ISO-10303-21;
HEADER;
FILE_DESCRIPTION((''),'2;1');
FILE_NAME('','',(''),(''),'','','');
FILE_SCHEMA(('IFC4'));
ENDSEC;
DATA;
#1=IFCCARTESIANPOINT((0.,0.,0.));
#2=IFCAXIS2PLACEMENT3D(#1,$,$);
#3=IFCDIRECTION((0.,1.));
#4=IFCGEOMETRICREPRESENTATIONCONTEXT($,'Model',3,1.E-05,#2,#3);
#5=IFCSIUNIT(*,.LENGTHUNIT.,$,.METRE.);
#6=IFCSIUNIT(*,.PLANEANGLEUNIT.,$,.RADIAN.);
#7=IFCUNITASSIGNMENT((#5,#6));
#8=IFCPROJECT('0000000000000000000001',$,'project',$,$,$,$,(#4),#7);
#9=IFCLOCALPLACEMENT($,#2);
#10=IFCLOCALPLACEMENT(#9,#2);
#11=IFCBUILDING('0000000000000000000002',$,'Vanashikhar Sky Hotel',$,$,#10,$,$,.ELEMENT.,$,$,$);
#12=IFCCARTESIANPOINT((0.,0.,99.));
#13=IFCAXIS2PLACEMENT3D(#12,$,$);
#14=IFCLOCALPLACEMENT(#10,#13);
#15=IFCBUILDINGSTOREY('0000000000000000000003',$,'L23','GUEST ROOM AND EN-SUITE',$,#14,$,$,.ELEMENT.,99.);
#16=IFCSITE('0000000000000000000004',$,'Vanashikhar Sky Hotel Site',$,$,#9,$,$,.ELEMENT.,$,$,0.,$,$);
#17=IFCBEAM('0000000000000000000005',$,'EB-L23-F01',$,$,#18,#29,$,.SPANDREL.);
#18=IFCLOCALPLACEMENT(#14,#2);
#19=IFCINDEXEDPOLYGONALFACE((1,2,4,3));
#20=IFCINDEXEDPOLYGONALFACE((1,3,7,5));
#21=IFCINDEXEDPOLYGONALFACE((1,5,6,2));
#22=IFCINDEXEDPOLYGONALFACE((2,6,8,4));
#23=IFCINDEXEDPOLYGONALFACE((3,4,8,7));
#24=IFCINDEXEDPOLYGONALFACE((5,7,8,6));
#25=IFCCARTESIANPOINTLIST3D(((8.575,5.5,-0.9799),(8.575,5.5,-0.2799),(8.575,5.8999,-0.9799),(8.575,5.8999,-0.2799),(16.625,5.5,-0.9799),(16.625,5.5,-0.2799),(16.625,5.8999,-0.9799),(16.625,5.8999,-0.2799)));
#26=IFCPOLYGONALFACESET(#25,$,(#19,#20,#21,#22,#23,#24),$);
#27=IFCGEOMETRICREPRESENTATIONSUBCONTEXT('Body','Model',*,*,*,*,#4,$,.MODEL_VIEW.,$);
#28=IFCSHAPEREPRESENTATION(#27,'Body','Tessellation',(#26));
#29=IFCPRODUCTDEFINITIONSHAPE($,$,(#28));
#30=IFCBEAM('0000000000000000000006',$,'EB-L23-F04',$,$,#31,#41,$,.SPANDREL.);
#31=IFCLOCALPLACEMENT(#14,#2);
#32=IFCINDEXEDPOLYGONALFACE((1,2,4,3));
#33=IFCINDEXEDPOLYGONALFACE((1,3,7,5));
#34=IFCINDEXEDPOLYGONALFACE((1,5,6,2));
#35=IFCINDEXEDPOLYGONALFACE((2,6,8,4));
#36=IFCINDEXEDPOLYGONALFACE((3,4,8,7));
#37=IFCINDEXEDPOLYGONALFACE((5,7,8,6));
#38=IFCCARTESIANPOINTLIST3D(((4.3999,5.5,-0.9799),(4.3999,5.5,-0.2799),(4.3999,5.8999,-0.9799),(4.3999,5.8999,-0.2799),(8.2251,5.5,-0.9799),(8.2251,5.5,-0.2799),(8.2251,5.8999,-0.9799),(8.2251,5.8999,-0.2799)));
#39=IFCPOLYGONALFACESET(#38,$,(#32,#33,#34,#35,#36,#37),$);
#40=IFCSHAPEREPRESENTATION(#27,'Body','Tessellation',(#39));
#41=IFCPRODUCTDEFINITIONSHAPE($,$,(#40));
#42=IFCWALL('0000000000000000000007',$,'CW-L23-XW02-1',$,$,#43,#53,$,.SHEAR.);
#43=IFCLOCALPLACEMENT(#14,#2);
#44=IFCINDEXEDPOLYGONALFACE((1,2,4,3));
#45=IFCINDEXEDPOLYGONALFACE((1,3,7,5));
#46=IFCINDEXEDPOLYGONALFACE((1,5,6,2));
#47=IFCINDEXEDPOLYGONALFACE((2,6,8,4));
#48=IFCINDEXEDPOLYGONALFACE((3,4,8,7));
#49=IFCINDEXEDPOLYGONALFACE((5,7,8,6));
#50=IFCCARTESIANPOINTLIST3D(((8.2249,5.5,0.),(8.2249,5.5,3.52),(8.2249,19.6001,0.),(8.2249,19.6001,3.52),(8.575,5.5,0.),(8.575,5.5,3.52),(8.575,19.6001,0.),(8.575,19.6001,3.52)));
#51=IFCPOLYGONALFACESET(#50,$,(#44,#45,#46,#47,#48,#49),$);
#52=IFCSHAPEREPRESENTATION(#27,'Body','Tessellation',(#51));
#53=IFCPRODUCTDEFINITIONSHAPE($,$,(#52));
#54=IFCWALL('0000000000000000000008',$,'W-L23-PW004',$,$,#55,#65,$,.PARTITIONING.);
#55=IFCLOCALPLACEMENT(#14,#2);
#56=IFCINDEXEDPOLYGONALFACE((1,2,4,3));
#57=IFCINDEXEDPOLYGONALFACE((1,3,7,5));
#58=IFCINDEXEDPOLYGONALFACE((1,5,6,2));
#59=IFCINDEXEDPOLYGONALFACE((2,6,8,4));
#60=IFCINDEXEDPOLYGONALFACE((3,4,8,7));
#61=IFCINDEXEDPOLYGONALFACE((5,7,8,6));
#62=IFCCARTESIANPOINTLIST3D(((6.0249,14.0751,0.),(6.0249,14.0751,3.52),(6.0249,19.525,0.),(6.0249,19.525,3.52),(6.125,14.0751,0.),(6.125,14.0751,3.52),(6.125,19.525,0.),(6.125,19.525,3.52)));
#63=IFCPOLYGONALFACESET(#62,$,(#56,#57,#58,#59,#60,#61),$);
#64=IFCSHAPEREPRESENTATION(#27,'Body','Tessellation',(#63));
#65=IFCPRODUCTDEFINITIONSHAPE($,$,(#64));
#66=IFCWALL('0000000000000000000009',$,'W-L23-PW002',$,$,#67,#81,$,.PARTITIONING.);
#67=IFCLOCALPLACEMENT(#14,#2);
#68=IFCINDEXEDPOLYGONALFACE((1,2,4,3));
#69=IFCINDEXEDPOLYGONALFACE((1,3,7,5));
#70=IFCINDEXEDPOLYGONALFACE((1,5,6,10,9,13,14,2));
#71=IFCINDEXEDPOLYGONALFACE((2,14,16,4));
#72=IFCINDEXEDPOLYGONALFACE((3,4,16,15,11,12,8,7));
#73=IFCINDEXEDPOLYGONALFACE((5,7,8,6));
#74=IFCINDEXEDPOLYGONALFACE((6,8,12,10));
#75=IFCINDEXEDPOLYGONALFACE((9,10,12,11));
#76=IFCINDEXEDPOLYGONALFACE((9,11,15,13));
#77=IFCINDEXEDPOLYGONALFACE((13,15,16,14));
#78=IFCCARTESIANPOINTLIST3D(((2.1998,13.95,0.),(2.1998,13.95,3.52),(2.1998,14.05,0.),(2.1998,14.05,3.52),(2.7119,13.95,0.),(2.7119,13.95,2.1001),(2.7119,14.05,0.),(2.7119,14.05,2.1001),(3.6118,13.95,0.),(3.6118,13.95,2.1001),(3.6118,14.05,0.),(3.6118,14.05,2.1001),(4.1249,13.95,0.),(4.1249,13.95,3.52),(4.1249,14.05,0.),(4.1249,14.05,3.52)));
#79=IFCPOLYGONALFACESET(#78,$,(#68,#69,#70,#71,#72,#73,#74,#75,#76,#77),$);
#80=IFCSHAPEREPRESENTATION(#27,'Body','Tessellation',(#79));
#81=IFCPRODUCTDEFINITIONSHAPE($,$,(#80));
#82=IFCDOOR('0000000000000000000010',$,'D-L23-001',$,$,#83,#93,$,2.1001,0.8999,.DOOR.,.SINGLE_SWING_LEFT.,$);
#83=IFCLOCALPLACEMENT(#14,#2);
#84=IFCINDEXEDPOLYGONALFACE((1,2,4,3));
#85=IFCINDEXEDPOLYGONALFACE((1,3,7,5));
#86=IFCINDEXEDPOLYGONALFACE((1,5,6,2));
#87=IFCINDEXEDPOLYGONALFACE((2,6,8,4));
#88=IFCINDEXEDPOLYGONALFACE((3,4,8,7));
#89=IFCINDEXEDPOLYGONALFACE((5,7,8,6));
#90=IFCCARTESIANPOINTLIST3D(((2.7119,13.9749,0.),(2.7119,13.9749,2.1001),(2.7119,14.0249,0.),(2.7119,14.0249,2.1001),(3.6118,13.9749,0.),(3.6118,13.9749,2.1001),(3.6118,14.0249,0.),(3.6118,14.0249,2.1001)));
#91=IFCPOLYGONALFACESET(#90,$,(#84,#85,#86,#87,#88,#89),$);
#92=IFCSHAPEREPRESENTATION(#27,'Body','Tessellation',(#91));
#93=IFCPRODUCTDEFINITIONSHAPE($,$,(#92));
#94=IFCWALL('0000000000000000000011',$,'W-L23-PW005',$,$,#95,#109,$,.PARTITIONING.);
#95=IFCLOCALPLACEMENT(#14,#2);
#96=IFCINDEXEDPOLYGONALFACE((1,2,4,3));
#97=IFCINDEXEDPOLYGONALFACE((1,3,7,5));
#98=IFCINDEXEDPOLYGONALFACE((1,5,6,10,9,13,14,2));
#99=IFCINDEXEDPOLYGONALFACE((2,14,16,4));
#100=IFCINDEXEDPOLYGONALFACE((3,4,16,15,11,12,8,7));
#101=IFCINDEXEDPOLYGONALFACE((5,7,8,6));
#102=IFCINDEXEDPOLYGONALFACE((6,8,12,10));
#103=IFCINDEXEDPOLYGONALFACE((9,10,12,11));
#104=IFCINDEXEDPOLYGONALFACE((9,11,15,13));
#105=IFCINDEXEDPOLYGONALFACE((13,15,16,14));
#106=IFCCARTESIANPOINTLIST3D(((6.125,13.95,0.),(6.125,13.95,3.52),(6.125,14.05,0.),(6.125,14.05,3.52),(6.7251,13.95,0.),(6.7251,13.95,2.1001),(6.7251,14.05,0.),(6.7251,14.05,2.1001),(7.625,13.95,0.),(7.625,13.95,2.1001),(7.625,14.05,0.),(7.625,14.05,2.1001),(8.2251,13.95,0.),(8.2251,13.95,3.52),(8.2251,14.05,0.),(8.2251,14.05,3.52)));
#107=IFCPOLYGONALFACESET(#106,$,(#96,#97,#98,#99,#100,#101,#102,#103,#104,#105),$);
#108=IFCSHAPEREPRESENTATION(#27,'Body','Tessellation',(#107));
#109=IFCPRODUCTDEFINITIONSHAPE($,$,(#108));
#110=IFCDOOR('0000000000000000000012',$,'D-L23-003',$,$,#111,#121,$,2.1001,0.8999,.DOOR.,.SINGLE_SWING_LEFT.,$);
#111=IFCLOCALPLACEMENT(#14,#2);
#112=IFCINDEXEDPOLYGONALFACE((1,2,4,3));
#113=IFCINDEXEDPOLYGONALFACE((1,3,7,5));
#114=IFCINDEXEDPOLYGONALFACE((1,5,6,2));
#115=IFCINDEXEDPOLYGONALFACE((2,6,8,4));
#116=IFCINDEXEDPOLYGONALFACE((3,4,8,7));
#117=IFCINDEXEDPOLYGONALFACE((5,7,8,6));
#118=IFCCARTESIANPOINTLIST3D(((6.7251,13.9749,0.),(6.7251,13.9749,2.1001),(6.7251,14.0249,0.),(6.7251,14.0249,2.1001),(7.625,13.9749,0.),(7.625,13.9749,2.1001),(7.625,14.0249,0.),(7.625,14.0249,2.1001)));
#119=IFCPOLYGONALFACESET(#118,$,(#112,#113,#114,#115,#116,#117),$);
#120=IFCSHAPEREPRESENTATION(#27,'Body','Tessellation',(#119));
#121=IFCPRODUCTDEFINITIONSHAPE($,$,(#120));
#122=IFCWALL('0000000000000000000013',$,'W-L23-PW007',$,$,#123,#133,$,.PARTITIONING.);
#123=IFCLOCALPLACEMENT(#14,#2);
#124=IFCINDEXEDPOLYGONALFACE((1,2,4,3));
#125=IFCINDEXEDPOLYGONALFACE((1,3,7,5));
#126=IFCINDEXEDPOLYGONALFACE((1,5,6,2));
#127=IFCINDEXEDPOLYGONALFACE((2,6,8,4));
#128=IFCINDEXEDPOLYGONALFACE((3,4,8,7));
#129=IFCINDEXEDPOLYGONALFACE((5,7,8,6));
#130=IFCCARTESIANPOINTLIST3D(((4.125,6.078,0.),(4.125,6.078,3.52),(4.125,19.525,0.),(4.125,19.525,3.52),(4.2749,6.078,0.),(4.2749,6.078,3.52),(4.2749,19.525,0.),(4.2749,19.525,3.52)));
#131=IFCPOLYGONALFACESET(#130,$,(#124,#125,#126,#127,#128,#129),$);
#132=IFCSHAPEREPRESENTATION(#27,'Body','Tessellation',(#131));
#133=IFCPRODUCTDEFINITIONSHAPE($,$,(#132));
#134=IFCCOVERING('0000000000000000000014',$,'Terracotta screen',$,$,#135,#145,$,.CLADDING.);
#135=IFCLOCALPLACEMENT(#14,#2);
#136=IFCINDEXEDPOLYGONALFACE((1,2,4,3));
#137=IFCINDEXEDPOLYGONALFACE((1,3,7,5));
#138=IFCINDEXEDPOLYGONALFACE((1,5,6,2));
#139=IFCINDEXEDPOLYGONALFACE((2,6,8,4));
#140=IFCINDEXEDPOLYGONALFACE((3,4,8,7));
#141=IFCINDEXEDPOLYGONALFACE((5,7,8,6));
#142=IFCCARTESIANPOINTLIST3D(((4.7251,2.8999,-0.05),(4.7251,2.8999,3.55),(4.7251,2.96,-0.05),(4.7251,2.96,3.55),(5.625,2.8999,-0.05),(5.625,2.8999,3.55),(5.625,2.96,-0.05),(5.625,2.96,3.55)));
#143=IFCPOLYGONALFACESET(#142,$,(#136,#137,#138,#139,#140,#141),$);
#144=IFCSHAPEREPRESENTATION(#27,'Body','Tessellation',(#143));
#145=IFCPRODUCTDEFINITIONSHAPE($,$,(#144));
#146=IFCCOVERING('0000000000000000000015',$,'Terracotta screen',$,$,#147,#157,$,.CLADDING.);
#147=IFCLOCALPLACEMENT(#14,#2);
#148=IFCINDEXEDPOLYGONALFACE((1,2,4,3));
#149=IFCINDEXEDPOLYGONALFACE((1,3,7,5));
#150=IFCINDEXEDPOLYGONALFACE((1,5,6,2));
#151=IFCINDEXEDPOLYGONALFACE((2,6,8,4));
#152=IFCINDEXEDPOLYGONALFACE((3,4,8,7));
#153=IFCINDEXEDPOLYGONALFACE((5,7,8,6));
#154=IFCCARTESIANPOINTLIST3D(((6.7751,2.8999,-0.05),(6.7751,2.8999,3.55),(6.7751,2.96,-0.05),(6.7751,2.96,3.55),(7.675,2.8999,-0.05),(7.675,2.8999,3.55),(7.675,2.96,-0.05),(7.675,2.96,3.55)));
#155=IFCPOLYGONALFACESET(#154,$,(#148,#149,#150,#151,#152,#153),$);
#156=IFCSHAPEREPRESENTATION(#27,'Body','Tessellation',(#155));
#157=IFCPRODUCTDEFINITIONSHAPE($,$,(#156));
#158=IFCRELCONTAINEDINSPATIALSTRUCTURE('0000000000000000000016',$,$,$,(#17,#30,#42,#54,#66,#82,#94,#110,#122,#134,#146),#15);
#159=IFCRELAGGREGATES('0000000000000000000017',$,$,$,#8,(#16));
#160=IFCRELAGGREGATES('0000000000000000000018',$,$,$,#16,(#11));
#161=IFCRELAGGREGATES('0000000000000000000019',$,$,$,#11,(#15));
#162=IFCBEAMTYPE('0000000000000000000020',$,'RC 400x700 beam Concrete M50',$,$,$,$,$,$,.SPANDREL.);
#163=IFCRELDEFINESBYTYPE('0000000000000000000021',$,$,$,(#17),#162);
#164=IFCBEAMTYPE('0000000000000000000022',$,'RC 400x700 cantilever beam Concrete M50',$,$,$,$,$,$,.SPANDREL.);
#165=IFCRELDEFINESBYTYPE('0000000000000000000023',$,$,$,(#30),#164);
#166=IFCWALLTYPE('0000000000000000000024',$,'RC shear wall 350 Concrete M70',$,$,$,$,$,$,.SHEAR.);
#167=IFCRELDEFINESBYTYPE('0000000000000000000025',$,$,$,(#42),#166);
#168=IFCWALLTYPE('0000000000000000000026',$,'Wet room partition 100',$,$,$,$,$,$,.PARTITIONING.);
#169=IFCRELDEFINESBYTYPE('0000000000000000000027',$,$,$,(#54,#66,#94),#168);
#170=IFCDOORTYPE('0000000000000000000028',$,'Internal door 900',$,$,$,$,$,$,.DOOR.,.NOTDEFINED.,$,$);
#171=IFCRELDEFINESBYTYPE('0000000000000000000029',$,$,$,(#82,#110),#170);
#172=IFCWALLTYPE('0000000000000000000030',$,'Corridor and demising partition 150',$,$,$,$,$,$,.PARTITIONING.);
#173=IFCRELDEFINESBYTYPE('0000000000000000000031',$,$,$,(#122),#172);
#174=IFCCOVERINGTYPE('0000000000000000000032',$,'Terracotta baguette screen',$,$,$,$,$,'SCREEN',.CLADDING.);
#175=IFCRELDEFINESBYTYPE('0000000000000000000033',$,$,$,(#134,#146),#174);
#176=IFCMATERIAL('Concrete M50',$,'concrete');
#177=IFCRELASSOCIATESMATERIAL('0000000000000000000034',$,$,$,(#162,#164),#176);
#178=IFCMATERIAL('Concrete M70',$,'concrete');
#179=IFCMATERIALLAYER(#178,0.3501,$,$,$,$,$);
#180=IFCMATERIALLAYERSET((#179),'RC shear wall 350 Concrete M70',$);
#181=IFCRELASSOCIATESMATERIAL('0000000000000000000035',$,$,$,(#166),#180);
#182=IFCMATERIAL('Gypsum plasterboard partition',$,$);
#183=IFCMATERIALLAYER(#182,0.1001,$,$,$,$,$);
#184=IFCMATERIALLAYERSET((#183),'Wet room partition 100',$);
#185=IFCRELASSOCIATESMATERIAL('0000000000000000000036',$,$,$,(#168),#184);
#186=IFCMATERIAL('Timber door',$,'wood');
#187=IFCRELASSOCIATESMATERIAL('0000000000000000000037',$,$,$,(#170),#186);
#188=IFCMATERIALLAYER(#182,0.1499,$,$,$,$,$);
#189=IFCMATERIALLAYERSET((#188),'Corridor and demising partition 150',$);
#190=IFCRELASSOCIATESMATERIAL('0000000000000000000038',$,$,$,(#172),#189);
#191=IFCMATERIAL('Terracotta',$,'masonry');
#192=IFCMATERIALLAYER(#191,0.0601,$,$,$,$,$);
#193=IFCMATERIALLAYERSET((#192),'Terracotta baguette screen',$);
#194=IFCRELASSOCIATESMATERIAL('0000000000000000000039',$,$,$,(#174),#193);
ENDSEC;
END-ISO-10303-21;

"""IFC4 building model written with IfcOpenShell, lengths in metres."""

from ifc_helpers import new_model, si_unit, direction, frame, frame_2d, origin, origin_2d, place, context, subcontext, project, spatial, rectangle, extrude, source, transform, mapped, material, layer, layer_set, material_profile, profile_set, type_object, element, fill, save


model = new_model("IFC4")

# Units and contexts
model_context = context("Model", 3, precision=1e-05, world=origin(), true_north=direction((0.0, 1.0)))
body_context = subcontext(model_context, "Body", "Model", "MODEL_VIEW")
ifc_project = project(units=[si_unit("LENGTHUNIT", "METRE"), si_unit("PLANEANGLEUNIT", "RADIAN")], contexts=[model_context])

# Site, building, storey
site_placement = place(None, origin())
site = spatial("IfcSite", under=ifc_project, at=site_placement, Name="Vanashikhar Sky Hotel Site", CompositionType="ELEMENT", RefElevation=0.0)
building_placement = place(site_placement, origin())
building = spatial("IfcBuilding", under=site, at=building_placement, Name="Vanashikhar Sky Hotel", CompositionType="ELEMENT")
storey_placement = place(building_placement, frame((0.0, 0.0, 99.0)))
storey = spatial("IfcBuildingStorey", under=building, at=storey_placement, Name="L23", Description="GUEST ROOM AND EN-SUITE", CompositionType="ELEMENT", Elevation=99.0)

# Beams
ifc_material_1 = material(Name="Concrete M50", Category="concrete")
ifc_material_profile_1 = material_profile(ifc_material_1, rectangle(XDim=0.3999, YDim=0.7, at=origin_2d()))
ifc_profile_set_1 = profile_set([ifc_material_profile_1], Name="RC 400x700 beam Concrete M50")
beam_type_1 = type_object("IfcBeamType", Name="RC 400x700 beam Concrete M50", PredefinedType="SPANDREL", material=ifc_profile_set_1)
shared_shape_1 = source(origin(), body_context, "Body", "SweptSolid", [
    extrude(rectangle(XDim=0.3999, YDim=0.7, at=origin_2d()), origin(), (0.0, 0.0, 1.0), 8.05),
])
beam_1_placement = place(storey_placement, frame((8.575, 5.7, -0.6299), z_axis=(1.0, 0.0, 0.0), x_axis=(0.0, 1.0, 0.0)))
element("IfcBeam", 1, at=beam_1_placement, inside=storey, type_object=beam_type_1, Name="EB-L23-F01", PredefinedType="SPANDREL", context=body_context, shape_type="MappedRepresentation", body=[
    mapped(shared_shape_1, transform((0.0, 0.0, 0.0), scale=1.0)),
])
ifc_material_profile_2 = material_profile(ifc_material_1, rectangle(XDim=0.3999, YDim=0.7, at=origin_2d()))
ifc_profile_set_2 = profile_set([ifc_material_profile_2], Name="RC 400x700 cantilever beam Concrete M50")
beam_type_2 = type_object("IfcBeamType", Name="RC 400x700 cantilever beam Concrete M50", PredefinedType="SPANDREL", material=ifc_profile_set_2)
shared_shape_2 = source(origin(), body_context, "Body", "SweptSolid", [
    extrude(rectangle(XDim=0.3999, YDim=0.7, at=origin_2d()), origin(), (0.0, 0.0, 1.0), 3.8252),
])
beam_2_placement = place(storey_placement, frame((4.3999, 5.7, -0.6299), z_axis=(1.0, 0.0, 0.0), x_axis=(0.0, 1.0, 0.0)))
element("IfcBeam", 2, at=beam_2_placement, inside=storey, type_object=beam_type_2, Name="EB-L23-F04", PredefinedType="SPANDREL", context=body_context, shape_type="MappedRepresentation", body=[
    mapped(shared_shape_2, transform((0.0, 0.0, 0.0), scale=1.0)),
])

# Wall
ifc_material_2 = material(Name="Concrete M70", Category="concrete")
ifc_layer_1 = layer(ifc_material_2, 0.3501)
ifc_layer_set_1 = layer_set([ifc_layer_1], Name="RC shear wall 350 Concrete M70")
wall_type_1 = type_object("IfcWallType", Name="RC shear wall 350 Concrete M70", PredefinedType="SHEAR", material=ifc_layer_set_1)
shared_shape_3 = source(origin(), body_context, "Body", "SweptSolid", [
    extrude(rectangle(XDim=14.1001, YDim=0.3501, at=frame_2d((7.05, 0.0))), origin(), (0.0, 0.0, 1.0), 3.52),
])
wall_1_placement = place(storey_placement, frame((8.3999, 5.5, 0.0), z_axis=(0.0, 0.0, 1.0), x_axis=(0.0, 1.0, 0.0)))
element("IfcWall", 3, at=wall_1_placement, inside=storey, type_object=wall_type_1, Name="CW-L23-XW02-1", PredefinedType="SHEAR", context=body_context, shape_type="MappedRepresentation", body=[
    mapped(shared_shape_3, transform((0.0, 0.0, 0.0), scale=1.0)),
])

# Wall
ifc_material_3 = material(Name="Gypsum plasterboard partition")
ifc_layer_2 = layer(ifc_material_3, 0.1001)
ifc_layer_set_2 = layer_set([ifc_layer_2], Name="Wet room partition 100")
wall_type_2 = type_object("IfcWallType", Name="Wet room partition 100", PredefinedType="PARTITIONING", material=ifc_layer_set_2)
shared_shape_4 = source(origin(), body_context, "Body", "SweptSolid", [
    extrude(rectangle(XDim=5.45, YDim=0.1001, at=frame_2d((2.7251, 0.0))), origin(), (0.0, 0.0, 1.0), 3.52),
])
wall_2_placement = place(storey_placement, frame((6.075, 14.075, 0.0), z_axis=(0.0, 0.0, 1.0), x_axis=(0.0, 1.0, 0.0)))
element("IfcWall", 4, at=wall_2_placement, inside=storey, type_object=wall_type_2, Name="W-L23-PW004", PredefinedType="PARTITIONING", context=body_context, shape_type="MappedRepresentation", body=[
    mapped(shared_shape_4, transform((0.0, 0.0, 0.0), scale=1.0)),
])

# Walls, openings, doors
shared_shape_5 = source(origin(), body_context, "Body", "SweptSolid", [
    extrude(rectangle(XDim=1.925, YDim=0.1001, at=frame_2d((0.9624, 0.0))), origin(), (0.0, 0.0, 1.0), 3.52),
])
wall_3_placement = place(storey_placement, frame((2.2, 14.0, 0.0), z_axis=(0.0, 0.0, 1.0), x_axis=(1.0, 0.0, 0.0)))
wall_3 = element("IfcWall", 5, at=wall_3_placement, inside=storey, type_object=wall_type_2, Name="W-L23-PW002", PredefinedType="PARTITIONING", context=body_context, shape_type="MappedRepresentation", body=[
    mapped(shared_shape_5, transform((0.0, 0.0, 0.0), scale=1.0)),
])
shared_shape_6 = source(origin(), body_context, "Body", "SweptSolid", [
    extrude(rectangle(XDim=0.8999, YDim=2.1001, at=frame_2d((0.45, 1.05))), frame((0.0, 0.0601, 0.0), z_axis=(0.0, -1.0, 0.0), x_axis=(1.0, 0.0, 0.0)), (0.0, 0.0, 1.0), 0.1201),
])
opening_1_placement = place(wall_3_placement, frame((0.512, 0.0, 0.0)))
opening_1 = element("IfcOpeningElement", 6, at=opening_1_placement, cuts=wall_3, PredefinedType="OPENING", context=body_context, shape_type="MappedRepresentation", body=[
    mapped(shared_shape_6, transform((0.0, 0.0, 0.0), scale=1.0)),
])
ifc_material_4 = material(Name="Timber door", Category="wood")
door_type_1 = type_object("IfcDoorType", Name="Internal door 900", OperationType="NOTDEFINED", PredefinedType="DOOR", material=ifc_material_4)
shared_shape_7 = source(origin(), body_context, "Body", "SweptSolid", [
    extrude(rectangle(XDim=0.8999, YDim=2.1001, at=frame_2d((0.45, 1.05))), frame((0.0, 0.0249, 0.0), z_axis=(0.0, -1.0, 0.0), x_axis=(1.0, 0.0, 0.0)), (0.0, 0.0, 1.0), 0.05),
])
door_1_placement = place(opening_1_placement, origin())
door_1 = element("IfcDoor", 7, at=door_1_placement, inside=storey, type_object=door_type_1, Name="D-L23-001", OperationType="SINGLE_SWING_LEFT", OverallHeight=2.1001, OverallWidth=0.8999, PredefinedType="DOOR", context=body_context, shape_type="MappedRepresentation", body=[
    mapped(shared_shape_7, transform((0.0, 0.0, 0.0), scale=1.0)),
])
fill(opening_1, door_1)
shared_shape_8 = source(origin(), body_context, "Body", "SweptSolid", [
    extrude(rectangle(XDim=2.1001, YDim=0.1001, at=frame_2d((1.05, 0.0))), origin(), (0.0, 0.0, 1.0), 3.52),
])
wall_4_placement = place(storey_placement, frame((6.125, 14.0, 0.0), z_axis=(0.0, 0.0, 1.0), x_axis=(1.0, 0.0, 0.0)))
wall_4 = element("IfcWall", 8, at=wall_4_placement, inside=storey, type_object=wall_type_2, Name="W-L23-PW005", PredefinedType="PARTITIONING", context=body_context, shape_type="MappedRepresentation", body=[
    mapped(shared_shape_8, transform((0.0, 0.0, 0.0), scale=1.0)),
])
opening_2_placement = place(wall_4_placement, frame((0.6001, 0.0, 0.0)))
opening_2 = element("IfcOpeningElement", 9, at=opening_2_placement, cuts=wall_4, PredefinedType="OPENING", context=body_context, shape_type="MappedRepresentation", body=[
    mapped(shared_shape_6, transform((0.0, 0.0, 0.0), scale=1.0)),
])
door_2_placement = place(opening_2_placement, origin())
door_2 = element("IfcDoor", 10, at=door_2_placement, inside=storey, type_object=door_type_1, Name="D-L23-003", OperationType="SINGLE_SWING_LEFT", OverallHeight=2.1001, OverallWidth=0.8999, PredefinedType="DOOR", context=body_context, shape_type="MappedRepresentation", body=[
    mapped(shared_shape_7, transform((0.0, 0.0, 0.0), scale=1.0)),
])
fill(opening_2, door_2)

# Wall
ifc_layer_3 = layer(ifc_material_3, 0.1499)
ifc_layer_set_3 = layer_set([ifc_layer_3], Name="Corridor and demising partition 150")
wall_type_3 = type_object("IfcWallType", Name="Corridor and demising partition 150", PredefinedType="PARTITIONING", material=ifc_layer_set_3)
shared_shape_9 = source(origin(), body_context, "Body", "SweptSolid", [
    extrude(rectangle(XDim=13.447, YDim=0.1499, at=frame_2d((6.7236, 0.0))), origin(), (0.0, 0.0, 1.0), 3.52),
])
wall_5_placement = place(storey_placement, frame((4.2, 6.0779, 0.0), z_axis=(0.0, 0.0, 1.0), x_axis=(0.0, 1.0, 0.0)))
element("IfcWall", 11, at=wall_5_placement, inside=storey, type_object=wall_type_3, Name="W-L23-PW007", PredefinedType="PARTITIONING", context=body_context, shape_type="MappedRepresentation", body=[
    mapped(shared_shape_9, transform((0.0, 0.0, 0.0), scale=1.0)),
])

# Coverings
ifc_material_5 = material(Name="Terracotta", Category="masonry")
ifc_layer_4 = layer(ifc_material_5, 0.0601)
ifc_layer_set_4 = layer_set([ifc_layer_4], Name="Terracotta baguette screen")
covering_type = type_object("IfcCoveringType", Name="Terracotta baguette screen", ElementType="SCREEN", PredefinedType="CLADDING", material=ifc_layer_set_4)
shared_shape_10 = source(origin(), body_context, "Body", "SweptSolid", [
    extrude(rectangle(XDim=0.8999, YDim=0.0601, at=origin_2d()), origin(), (0.0, 0.0, 1.0), 3.6001),
])
for number, where, z_axis, x_axis, name in (
    (12, (5.175, 2.9299, -0.05), (0.0, 0.0, 1.0), (1.0, 0.0, 0.0), "Terracotta screen"),
    (13, (7.2251, 2.9299, -0.05), (0.0, 0.0, 1.0), (1.0, 0.0, 0.0), "Terracotta screen"),
):
    element("IfcCovering", number, at=place(storey_placement, frame(where, z_axis=z_axis, x_axis=x_axis)), inside=storey, type_object=covering_type, Name=name, PredefinedType="CLADDING", context=body_context, shape_type="MappedRepresentation", body=[
        mapped(shared_shape_10, transform((0.0, 0.0, 0.0), scale=1.0)),
    ])

save(model, "model.ifc")
